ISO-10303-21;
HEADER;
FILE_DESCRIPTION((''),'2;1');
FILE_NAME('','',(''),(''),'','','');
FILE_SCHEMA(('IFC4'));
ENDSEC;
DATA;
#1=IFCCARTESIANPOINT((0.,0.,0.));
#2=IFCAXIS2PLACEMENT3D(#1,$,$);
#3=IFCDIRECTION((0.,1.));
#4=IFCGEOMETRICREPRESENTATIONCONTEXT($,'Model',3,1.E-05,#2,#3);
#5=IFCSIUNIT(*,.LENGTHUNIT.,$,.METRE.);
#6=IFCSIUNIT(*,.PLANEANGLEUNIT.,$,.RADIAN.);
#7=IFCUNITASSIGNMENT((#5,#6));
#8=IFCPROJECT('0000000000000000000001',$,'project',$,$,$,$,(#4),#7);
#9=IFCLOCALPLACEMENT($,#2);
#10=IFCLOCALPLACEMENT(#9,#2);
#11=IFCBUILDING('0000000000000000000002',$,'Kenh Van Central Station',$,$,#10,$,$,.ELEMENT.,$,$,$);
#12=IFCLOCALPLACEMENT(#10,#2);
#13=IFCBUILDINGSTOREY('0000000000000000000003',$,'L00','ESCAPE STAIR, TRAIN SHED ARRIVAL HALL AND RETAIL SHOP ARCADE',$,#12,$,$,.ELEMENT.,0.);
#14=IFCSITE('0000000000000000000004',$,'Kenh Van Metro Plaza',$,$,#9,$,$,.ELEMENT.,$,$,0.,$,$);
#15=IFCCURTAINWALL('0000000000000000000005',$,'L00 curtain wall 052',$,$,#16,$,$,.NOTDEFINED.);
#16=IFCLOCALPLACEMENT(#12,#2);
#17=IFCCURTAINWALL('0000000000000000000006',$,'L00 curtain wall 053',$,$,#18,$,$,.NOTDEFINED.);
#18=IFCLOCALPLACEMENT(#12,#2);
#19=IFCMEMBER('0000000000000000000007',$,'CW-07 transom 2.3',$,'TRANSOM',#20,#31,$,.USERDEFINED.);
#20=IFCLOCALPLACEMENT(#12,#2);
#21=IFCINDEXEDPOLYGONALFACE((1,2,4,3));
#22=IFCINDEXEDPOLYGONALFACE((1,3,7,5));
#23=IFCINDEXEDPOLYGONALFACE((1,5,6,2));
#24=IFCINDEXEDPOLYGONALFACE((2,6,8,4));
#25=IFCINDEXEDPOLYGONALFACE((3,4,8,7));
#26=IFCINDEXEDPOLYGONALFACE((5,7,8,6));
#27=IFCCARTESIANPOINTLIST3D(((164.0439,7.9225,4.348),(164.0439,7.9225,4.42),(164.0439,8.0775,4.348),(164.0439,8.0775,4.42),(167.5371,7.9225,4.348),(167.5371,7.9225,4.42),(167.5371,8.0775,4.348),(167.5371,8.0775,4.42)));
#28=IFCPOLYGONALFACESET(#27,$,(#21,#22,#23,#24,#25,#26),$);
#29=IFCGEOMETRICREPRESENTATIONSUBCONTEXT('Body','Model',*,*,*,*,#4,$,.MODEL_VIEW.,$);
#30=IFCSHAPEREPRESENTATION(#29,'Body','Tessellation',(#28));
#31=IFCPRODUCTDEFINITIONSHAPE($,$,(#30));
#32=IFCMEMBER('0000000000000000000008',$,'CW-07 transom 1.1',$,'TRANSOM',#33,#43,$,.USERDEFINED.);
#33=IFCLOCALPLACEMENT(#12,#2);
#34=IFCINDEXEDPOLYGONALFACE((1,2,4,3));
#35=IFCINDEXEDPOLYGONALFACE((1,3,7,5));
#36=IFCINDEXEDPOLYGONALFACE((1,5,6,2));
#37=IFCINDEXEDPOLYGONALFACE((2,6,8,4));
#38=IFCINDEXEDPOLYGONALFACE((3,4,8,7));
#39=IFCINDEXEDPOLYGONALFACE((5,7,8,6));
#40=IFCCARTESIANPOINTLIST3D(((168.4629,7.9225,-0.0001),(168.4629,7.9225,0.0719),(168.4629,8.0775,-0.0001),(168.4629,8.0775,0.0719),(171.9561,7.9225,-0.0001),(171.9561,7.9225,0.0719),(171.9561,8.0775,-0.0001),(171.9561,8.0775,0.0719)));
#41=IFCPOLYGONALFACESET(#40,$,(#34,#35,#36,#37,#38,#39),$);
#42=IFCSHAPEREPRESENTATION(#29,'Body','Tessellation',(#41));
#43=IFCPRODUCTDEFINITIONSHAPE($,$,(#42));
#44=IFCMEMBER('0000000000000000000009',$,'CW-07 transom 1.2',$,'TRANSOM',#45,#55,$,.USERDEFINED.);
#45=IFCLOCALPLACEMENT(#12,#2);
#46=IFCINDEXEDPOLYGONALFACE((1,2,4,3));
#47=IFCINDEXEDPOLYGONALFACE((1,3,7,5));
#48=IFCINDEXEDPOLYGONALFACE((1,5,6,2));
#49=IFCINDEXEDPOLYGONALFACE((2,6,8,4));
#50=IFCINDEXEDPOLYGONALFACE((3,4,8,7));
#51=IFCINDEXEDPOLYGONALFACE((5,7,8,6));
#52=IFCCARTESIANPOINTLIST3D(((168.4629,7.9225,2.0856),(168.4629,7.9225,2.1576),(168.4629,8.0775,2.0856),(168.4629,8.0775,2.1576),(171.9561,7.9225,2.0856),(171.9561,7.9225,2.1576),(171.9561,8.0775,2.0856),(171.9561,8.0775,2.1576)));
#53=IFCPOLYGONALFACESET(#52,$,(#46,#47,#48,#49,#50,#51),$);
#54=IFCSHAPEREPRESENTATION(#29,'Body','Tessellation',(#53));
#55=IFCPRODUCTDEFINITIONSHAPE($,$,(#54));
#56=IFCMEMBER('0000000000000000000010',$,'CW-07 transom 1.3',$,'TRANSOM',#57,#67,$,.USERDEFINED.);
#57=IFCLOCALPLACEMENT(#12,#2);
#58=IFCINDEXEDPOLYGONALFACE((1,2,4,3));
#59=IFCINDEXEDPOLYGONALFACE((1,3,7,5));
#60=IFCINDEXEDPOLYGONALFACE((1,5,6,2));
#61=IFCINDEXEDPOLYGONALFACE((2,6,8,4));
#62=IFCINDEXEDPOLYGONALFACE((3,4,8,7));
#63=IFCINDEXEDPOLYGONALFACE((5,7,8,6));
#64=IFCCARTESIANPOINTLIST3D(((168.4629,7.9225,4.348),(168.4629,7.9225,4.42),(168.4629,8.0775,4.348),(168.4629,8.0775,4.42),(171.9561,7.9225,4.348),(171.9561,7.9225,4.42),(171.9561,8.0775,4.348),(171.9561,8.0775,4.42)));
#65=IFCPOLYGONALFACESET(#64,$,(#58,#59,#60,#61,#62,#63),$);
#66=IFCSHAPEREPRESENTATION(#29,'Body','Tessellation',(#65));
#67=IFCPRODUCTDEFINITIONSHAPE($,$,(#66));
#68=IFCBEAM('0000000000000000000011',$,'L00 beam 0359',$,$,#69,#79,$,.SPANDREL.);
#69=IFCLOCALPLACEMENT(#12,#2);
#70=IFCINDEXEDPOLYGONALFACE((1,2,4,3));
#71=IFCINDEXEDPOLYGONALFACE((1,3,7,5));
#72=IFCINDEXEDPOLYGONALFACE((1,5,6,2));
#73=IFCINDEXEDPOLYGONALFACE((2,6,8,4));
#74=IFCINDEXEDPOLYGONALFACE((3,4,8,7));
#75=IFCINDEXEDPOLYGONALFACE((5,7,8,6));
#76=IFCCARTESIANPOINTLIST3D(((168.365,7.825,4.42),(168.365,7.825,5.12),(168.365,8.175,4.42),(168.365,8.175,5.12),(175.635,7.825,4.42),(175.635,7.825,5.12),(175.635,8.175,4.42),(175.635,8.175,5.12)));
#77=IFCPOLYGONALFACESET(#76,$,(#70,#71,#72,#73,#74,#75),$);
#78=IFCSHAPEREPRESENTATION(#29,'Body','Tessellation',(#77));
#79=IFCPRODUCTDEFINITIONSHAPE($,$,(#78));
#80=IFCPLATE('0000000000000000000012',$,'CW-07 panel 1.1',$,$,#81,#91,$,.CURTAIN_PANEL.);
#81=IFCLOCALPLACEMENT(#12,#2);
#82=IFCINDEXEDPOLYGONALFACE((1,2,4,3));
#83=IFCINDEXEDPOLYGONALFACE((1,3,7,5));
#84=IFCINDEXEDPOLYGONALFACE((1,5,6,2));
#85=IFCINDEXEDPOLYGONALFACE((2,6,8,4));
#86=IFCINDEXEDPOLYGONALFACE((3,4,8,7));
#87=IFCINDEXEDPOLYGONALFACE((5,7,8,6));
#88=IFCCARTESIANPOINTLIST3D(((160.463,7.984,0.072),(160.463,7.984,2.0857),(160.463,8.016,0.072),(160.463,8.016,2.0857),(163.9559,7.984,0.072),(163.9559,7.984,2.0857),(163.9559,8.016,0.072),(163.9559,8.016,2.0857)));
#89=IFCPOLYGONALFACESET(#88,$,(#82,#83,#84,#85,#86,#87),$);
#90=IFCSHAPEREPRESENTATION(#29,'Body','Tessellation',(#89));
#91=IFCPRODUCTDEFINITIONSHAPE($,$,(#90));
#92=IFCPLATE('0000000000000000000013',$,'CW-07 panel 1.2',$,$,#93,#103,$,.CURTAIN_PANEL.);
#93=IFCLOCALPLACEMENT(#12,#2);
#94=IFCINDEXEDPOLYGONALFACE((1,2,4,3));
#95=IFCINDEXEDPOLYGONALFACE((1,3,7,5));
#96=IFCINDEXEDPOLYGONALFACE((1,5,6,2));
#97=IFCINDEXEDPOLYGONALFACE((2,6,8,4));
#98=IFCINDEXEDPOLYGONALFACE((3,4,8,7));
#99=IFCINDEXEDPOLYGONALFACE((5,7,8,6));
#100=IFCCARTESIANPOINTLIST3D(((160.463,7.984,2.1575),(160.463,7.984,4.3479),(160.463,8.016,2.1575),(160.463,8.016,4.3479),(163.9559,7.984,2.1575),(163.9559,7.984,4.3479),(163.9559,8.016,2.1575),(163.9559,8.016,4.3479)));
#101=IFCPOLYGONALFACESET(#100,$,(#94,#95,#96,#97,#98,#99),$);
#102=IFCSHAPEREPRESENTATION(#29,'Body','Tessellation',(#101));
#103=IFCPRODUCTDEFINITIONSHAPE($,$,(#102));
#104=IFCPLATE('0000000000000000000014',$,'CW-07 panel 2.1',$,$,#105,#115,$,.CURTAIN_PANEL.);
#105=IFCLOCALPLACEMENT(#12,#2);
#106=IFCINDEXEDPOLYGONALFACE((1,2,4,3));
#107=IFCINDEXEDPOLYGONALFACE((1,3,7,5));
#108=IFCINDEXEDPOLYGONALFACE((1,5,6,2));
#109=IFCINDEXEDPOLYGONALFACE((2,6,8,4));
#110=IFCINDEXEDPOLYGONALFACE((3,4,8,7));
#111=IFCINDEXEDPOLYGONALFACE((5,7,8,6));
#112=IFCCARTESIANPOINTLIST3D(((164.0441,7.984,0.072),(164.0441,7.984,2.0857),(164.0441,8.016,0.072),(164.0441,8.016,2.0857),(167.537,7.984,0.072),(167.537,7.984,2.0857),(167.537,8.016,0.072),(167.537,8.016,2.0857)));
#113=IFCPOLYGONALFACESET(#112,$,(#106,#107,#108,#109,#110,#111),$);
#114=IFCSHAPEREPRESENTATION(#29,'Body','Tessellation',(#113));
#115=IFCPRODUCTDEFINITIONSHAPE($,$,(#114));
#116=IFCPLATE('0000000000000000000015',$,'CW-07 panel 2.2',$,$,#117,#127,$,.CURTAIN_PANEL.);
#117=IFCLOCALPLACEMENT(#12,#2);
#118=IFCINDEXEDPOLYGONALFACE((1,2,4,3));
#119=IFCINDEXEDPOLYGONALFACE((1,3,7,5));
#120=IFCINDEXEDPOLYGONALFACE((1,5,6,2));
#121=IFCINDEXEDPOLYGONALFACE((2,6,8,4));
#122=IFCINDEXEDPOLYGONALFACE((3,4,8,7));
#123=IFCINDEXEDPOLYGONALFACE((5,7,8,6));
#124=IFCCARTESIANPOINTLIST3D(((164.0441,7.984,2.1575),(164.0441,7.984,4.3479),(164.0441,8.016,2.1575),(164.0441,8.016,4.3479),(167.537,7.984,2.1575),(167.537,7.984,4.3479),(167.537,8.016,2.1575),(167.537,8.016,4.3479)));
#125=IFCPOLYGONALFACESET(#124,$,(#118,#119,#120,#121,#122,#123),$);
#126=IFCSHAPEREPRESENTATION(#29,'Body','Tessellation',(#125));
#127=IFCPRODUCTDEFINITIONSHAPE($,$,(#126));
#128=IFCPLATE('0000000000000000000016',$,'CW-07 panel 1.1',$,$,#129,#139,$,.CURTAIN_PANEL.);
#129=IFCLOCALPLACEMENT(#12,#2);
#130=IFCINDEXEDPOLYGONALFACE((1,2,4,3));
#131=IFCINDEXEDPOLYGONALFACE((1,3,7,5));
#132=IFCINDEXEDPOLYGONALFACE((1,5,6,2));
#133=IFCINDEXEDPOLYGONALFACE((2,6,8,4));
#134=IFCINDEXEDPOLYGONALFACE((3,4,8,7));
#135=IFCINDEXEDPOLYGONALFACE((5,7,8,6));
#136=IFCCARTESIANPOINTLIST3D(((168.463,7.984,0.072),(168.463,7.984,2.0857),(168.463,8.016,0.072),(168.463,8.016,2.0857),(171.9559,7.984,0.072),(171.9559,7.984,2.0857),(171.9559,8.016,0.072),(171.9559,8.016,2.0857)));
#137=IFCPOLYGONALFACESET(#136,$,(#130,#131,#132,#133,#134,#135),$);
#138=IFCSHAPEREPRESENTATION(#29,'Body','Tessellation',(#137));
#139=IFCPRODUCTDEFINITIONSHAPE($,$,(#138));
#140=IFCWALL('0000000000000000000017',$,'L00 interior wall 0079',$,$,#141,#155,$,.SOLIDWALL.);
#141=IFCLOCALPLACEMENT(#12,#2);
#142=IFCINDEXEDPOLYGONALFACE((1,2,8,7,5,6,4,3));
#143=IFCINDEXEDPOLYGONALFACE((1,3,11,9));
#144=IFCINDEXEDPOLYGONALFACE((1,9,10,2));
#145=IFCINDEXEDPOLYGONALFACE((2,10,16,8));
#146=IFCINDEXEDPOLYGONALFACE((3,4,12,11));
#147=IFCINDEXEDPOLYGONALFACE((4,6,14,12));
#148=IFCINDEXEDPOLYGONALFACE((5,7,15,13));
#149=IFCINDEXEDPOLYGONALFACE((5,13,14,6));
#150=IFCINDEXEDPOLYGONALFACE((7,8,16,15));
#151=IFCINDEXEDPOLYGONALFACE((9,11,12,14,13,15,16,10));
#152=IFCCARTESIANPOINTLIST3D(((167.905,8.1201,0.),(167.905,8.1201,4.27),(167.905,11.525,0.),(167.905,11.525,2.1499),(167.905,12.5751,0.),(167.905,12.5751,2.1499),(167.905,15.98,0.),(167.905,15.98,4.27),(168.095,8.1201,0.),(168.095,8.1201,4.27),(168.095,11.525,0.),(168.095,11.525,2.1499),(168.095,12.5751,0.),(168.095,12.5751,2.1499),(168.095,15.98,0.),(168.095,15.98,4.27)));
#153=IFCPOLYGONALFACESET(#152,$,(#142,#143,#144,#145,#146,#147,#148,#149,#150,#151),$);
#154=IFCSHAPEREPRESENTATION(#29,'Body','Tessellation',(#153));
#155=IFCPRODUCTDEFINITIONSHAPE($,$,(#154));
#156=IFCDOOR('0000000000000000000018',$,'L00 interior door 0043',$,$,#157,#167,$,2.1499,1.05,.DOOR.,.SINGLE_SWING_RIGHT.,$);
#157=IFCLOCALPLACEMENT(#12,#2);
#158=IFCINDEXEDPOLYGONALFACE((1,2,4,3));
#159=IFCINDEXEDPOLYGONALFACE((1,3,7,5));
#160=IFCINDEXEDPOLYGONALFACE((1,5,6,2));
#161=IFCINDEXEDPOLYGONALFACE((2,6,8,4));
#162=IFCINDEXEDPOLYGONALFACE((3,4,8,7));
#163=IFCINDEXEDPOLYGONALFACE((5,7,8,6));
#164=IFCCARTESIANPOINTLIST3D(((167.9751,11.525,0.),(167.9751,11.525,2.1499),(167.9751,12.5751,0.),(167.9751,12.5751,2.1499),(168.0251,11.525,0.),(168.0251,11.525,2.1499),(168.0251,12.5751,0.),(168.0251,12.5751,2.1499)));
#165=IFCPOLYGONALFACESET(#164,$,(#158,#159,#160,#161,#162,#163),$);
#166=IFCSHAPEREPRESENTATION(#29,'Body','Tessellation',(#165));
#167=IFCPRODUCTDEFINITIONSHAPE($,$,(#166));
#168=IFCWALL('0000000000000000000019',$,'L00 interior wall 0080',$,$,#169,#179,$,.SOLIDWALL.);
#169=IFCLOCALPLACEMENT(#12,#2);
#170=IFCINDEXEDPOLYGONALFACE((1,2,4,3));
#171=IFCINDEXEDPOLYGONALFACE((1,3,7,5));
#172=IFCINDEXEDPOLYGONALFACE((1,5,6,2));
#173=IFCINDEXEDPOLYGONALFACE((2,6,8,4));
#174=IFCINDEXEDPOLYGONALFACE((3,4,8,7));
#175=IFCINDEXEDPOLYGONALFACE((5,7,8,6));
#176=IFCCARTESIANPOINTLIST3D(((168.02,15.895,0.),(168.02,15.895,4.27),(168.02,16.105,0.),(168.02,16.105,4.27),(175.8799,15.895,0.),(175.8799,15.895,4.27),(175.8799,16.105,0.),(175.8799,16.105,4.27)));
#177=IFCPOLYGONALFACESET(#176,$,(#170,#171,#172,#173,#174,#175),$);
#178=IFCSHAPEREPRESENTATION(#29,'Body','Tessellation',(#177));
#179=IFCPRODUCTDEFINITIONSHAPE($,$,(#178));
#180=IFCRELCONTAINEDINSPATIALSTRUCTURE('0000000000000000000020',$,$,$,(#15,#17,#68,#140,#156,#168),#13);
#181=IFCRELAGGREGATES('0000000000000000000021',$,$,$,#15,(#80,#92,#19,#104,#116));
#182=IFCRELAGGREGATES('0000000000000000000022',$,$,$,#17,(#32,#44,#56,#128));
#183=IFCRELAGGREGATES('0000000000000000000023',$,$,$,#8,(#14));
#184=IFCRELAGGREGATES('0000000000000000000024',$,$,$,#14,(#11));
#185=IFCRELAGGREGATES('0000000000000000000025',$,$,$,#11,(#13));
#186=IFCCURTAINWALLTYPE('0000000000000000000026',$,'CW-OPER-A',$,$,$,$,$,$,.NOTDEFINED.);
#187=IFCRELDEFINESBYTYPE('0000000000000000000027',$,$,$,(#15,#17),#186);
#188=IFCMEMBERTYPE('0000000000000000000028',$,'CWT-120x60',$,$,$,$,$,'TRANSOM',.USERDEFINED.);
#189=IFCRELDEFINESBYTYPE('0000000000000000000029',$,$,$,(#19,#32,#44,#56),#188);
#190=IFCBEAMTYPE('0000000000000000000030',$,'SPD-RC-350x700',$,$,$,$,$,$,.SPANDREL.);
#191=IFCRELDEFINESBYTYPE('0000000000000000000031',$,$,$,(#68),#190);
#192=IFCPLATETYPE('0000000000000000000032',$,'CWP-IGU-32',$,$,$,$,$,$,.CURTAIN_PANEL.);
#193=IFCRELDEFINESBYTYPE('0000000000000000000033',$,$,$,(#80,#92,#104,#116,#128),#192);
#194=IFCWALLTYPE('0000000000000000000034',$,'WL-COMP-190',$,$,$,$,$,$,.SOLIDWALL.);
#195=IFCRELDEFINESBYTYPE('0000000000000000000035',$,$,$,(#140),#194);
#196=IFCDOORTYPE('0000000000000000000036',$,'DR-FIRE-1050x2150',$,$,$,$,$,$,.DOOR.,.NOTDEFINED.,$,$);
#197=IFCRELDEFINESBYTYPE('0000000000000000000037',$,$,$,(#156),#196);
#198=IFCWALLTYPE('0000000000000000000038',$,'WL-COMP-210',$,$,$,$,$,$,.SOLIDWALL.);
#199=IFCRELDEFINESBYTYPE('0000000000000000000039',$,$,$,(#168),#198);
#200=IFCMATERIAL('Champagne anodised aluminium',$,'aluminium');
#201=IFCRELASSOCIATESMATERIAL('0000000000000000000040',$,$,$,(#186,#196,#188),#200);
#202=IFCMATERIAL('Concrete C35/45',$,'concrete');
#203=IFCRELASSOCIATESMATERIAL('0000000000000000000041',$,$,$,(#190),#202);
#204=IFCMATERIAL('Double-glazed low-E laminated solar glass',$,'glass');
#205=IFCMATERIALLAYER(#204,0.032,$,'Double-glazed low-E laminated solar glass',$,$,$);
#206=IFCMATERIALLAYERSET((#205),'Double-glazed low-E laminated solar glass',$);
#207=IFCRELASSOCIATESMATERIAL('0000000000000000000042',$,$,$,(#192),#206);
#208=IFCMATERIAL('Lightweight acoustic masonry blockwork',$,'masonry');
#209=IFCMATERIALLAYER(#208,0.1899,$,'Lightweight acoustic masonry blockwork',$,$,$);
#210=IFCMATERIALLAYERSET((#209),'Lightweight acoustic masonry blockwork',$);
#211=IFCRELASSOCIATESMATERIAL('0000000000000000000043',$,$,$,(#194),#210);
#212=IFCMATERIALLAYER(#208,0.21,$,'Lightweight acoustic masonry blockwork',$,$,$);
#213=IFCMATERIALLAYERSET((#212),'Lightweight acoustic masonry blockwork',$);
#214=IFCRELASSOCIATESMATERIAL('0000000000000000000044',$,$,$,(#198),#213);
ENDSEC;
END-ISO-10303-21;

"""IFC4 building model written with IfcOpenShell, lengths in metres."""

from ifc_helpers import new_model, si_unit, direction, frame, frame_2d, origin, origin_2d, place, context, subcontext, project, spatial, rectangle, extrude, material, layer, layer_set, material_profile, profile_set, type_object, element, fill, aggregate, save


model = new_model("IFC4")

# Units and contexts
model_context = context("Model", 3, precision=1e-05, world=origin(), true_north=direction((0.0, 1.0)))
body_context = subcontext(model_context, "Body", "Model", "MODEL_VIEW")
ifc_project = project(units=[si_unit("LENGTHUNIT", "METRE"), si_unit("PLANEANGLEUNIT", "RADIAN")], contexts=[model_context])

# Site, building, storey
site_placement = place(None, origin())
site = spatial("IfcSite", under=ifc_project, at=site_placement, Name="Kenh Van Metro Plaza", CompositionType="ELEMENT", RefElevation=0.0)
building_placement = place(site_placement, origin())
building = spatial("IfcBuilding", under=site, at=building_placement, Name="Kenh Van Central Station", CompositionType="ELEMENT")
storey_placement = place(building_placement, origin())
storey = spatial("IfcBuildingStorey", under=building, at=storey_placement, Name="L00", Description="ESCAPE STAIR, TRAIN SHED ARRIVAL HALL AND RETAIL SHOP ARCADE", CompositionType="ELEMENT", Elevation=0.0)

# Shared definitions
ifc_material_1 = material(Name="Concrete C35/45", Category="concrete")

# Curtain wall
ifc_material_2 = material(Name="Champagne anodised aluminium", Category="aluminium")
curtain_wall_type = type_object("IfcCurtainWallType", Name="CW-OPER-A", PredefinedType="NOTDEFINED", material=ifc_material_2)
curtain_wall_1_placement = place(storey_placement, origin())
curtain_wall_1 = element("IfcCurtainWall", 1, at=curtain_wall_1_placement, inside=storey, type_object=curtain_wall_type, Name="L00 curtain wall 052", PredefinedType="NOTDEFINED")

# Curtain wall
curtain_wall_2_placement = place(storey_placement, origin())
curtain_wall_2 = element("IfcCurtainWall", 2, at=curtain_wall_2_placement, inside=storey, type_object=curtain_wall_type, Name="L00 curtain wall 053", PredefinedType="NOTDEFINED")

# Members
ifc_material_profile_1 = material_profile(ifc_material_2, rectangle(XDim=0.155, YDim=0.072, at=origin_2d()), Name="AL 155x72")
ifc_profile_set_1 = profile_set([ifc_material_profile_1], Name="Champagne anodised aluminium")
member_type_1 = type_object("IfcMemberType", Name="CWT-120x60", ElementType="TRANSOM", PredefinedType="USERDEFINED", material=ifc_profile_set_1)
member_1_placement = place(storey_placement, frame((164.0439, 8.0, 4.384), z_axis=(1.0, 0.0, 0.0), x_axis=(0.0, 1.0, 0.0)))
member_1 = element("IfcMember", 3, at=member_1_placement, type_object=member_type_1, Name="CW-07 transom 2.3", ObjectType="TRANSOM", PredefinedType="USERDEFINED", context=body_context, shape_type="SweptSolid", body=[
    extrude(rectangle(XDim=0.155, YDim=0.072, at=origin_2d()), origin(), (0.0, 0.0, 1.0), 3.4932),
])
member_2_placement = place(storey_placement, frame((168.4629, 8.0, 0.0359), z_axis=(1.0, 0.0, 0.0), x_axis=(0.0, 1.0, 0.0)))
member_2 = element("IfcMember", 4, at=member_2_placement, type_object=member_type_1, Name="CW-07 transom 1.1", ObjectType="TRANSOM", PredefinedType="USERDEFINED", context=body_context, shape_type="SweptSolid", body=[
    extrude(rectangle(XDim=0.155, YDim=0.072, at=origin_2d()), origin(), (0.0, 0.0, 1.0), 3.4932),
])
member_3_placement = place(storey_placement, frame((168.4629, 8.0, 2.1216), z_axis=(1.0, 0.0, 0.0), x_axis=(0.0, 1.0, 0.0)))
member_3 = element("IfcMember", 5, at=member_3_placement, type_object=member_type_1, Name="CW-07 transom 1.2", ObjectType="TRANSOM", PredefinedType="USERDEFINED", context=body_context, shape_type="SweptSolid", body=[
    extrude(rectangle(XDim=0.155, YDim=0.072, at=origin_2d()), origin(), (0.0, 0.0, 1.0), 3.4932),
])
member_4_placement = place(storey_placement, frame((168.4629, 8.0, 4.384), z_axis=(1.0, 0.0, 0.0), x_axis=(0.0, 1.0, 0.0)))
member_4 = element("IfcMember", 6, at=member_4_placement, type_object=member_type_1, Name="CW-07 transom 1.3", ObjectType="TRANSOM", PredefinedType="USERDEFINED", context=body_context, shape_type="SweptSolid", body=[
    extrude(rectangle(XDim=0.155, YDim=0.072, at=origin_2d()), origin(), (0.0, 0.0, 1.0), 3.4932),
])

# Beam
ifc_material_profile_2 = material_profile(ifc_material_1, rectangle(XDim=0.3501, YDim=0.7, at=origin_2d()), Name="RC 350x700")
ifc_profile_set_2 = profile_set([ifc_material_profile_2], Name="Concrete C35/45")
beam_type_1 = type_object("IfcBeamType", Name="SPD-RC-350x700", PredefinedType="SPANDREL", material=ifc_profile_set_2)
beam_1_placement = place(storey_placement, frame((168.365, 8.0, 4.77), z_axis=(1.0, 0.0, 0.0), x_axis=(0.0, 1.0, 0.0)))
element("IfcBeam", 7, at=beam_1_placement, inside=storey, type_object=beam_type_1, Name="L00 beam 0359", PredefinedType="SPANDREL", context=body_context, shape_type="SweptSolid", body=[
    extrude(rectangle(XDim=0.3501, YDim=0.7, at=origin_2d()), origin(), (0.0, 0.0, 1.0), 7.27),
])

# Plates
ifc_material_3 = material(Name="Double-glazed low-E laminated solar glass", Category="glass")
ifc_layer_1 = layer(ifc_material_3, 0.032, Name="Double-glazed low-E laminated solar glass")
ifc_layer_set_1 = layer_set([ifc_layer_1], Name="Double-glazed low-E laminated solar glass")
plate_type = type_object("IfcPlateType", Name="CWP-IGU-32", PredefinedType="CURTAIN_PANEL", material=ifc_layer_set_1)
plate_1_placement = place(storey_placement, frame((162.2095, 8.0, 0.072), z_axis=(0.0, 0.0, 1.0), x_axis=(1.0, 0.0, 0.0)))
plate_1 = element("IfcPlate", 8, at=plate_1_placement, type_object=plate_type, Name="CW-07 panel 1.1", PredefinedType="CURTAIN_PANEL", context=body_context, shape_type="SweptSolid", body=[
    extrude(rectangle(XDim=3.4929, YDim=0.032, at=origin_2d()), origin(), (0.0, 0.0, 1.0), 2.0137),
])
plate_2_placement = place(storey_placement, frame((162.2095, 8.0, 2.1575), z_axis=(0.0, 0.0, 1.0), x_axis=(1.0, 0.0, 0.0)))
plate_2 = element("IfcPlate", 9, at=plate_2_placement, type_object=plate_type, Name="CW-07 panel 1.2", PredefinedType="CURTAIN_PANEL", context=body_context, shape_type="SweptSolid", body=[
    extrude(rectangle(XDim=3.4929, YDim=0.032, at=origin_2d()), origin(), (0.0, 0.0, 1.0), 2.1904),
])
plate_3_placement = place(storey_placement, frame((165.7905, 8.0, 0.072), z_axis=(0.0, 0.0, 1.0), x_axis=(1.0, 0.0, 0.0)))
plate_3 = element("IfcPlate", 10, at=plate_3_placement, type_object=plate_type, Name="CW-07 panel 2.1", PredefinedType="CURTAIN_PANEL", context=body_context, shape_type="SweptSolid", body=[
    extrude(rectangle(XDim=3.4929, YDim=0.032, at=origin_2d()), origin(), (0.0, 0.0, 1.0), 2.0137),
])
plate_4_placement = place(storey_placement, frame((165.7905, 8.0, 2.1575), z_axis=(0.0, 0.0, 1.0), x_axis=(1.0, 0.0, 0.0)))
plate_4 = element("IfcPlate", 11, at=plate_4_placement, type_object=plate_type, Name="CW-07 panel 2.2", PredefinedType="CURTAIN_PANEL", context=body_context, shape_type="SweptSolid", body=[
    extrude(rectangle(XDim=3.4929, YDim=0.032, at=origin_2d()), origin(), (0.0, 0.0, 1.0), 2.1904),
])
aggregate(curtain_wall_1, [plate_1, plate_2, member_1, plate_3, plate_4])
plate_5_placement = place(storey_placement, frame((170.2095, 8.0, 0.072), z_axis=(0.0, 0.0, 1.0), x_axis=(1.0, 0.0, 0.0)))
plate_5 = element("IfcPlate", 12, at=plate_5_placement, type_object=plate_type, Name="CW-07 panel 1.1", PredefinedType="CURTAIN_PANEL", context=body_context, shape_type="SweptSolid", body=[
    extrude(rectangle(XDim=3.4929, YDim=0.032, at=origin_2d()), origin(), (0.0, 0.0, 1.0), 2.0137),
])
aggregate(curtain_wall_2, [member_2, member_3, member_4, plate_5])

# Wall, opening, door
ifc_material_4 = material(Name="Lightweight acoustic masonry blockwork", Category="masonry")
ifc_layer_2 = layer(ifc_material_4, 0.1899, Name="Lightweight acoustic masonry blockwork")
ifc_layer_set_2 = layer_set([ifc_layer_2], Name="Lightweight acoustic masonry blockwork")
wall_type_1 = type_object("IfcWallType", Name="WL-COMP-190", PredefinedType="SOLIDWALL", material=ifc_layer_set_2)
wall_1_placement = place(storey_placement, frame((168.0, 8.1201, 0.0), z_axis=(0.0, 0.0, 1.0), x_axis=(0.0, 1.0, 0.0)))
wall_1 = element("IfcWall", 13, at=wall_1_placement, inside=storey, type_object=wall_type_1, Name="L00 interior wall 0079", PredefinedType="SOLIDWALL", context=body_context, shape_type="SweptSolid", body=[
    extrude(rectangle(XDim=7.8599, YDim=0.1899, at=frame_2d((3.9299, 0.0))), origin(), (0.0, 0.0, 1.0), 4.27),
])
opening_1_placement = place(wall_1_placement, frame((3.405, 0.0, 0.0)))
opening_1 = element("IfcOpeningElement", 14, at=opening_1_placement, cuts=wall_1, PredefinedType="OPENING", context=body_context, shape_type="SweptSolid", body=[
    extrude(rectangle(XDim=1.05, YDim=2.1499, at=frame_2d((0.5249, 1.075))), frame((0.0, 0.105, 0.0), z_axis=(0.0, -1.0, 0.0), x_axis=(1.0, 0.0, 0.0)), (0.0, 0.0, 1.0), 0.21),
])
door_type_1 = type_object("IfcDoorType", Name="DR-FIRE-1050x2150", OperationType="NOTDEFINED", PredefinedType="DOOR", material=ifc_material_2)
door_1_placement = place(opening_1_placement, origin())
door_1 = element("IfcDoor", 15, at=door_1_placement, inside=storey, type_object=door_type_1, Name="L00 interior door 0043", OperationType="SINGLE_SWING_RIGHT", OverallHeight=2.1499, OverallWidth=1.05, PredefinedType="DOOR", context=body_context, shape_type="SweptSolid", body=[
    extrude(rectangle(XDim=1.05, YDim=2.1499, at=frame_2d((0.5249, 1.075))), frame((0.0, 0.0249, 0.0), z_axis=(0.0, -1.0, 0.0), x_axis=(1.0, 0.0, 0.0)), (0.0, 0.0, 1.0), 0.05),
])
fill(opening_1, door_1)

# Wall
ifc_layer_3 = layer(ifc_material_4, 0.21, Name="Lightweight acoustic masonry blockwork")
ifc_layer_set_3 = layer_set([ifc_layer_3], Name="Lightweight acoustic masonry blockwork")
wall_type_2 = type_object("IfcWallType", Name="WL-COMP-210", PredefinedType="SOLIDWALL", material=ifc_layer_set_3)
wall_2_placement = place(storey_placement, frame((168.02, 16.0, 0.0), z_axis=(0.0, 0.0, 1.0), x_axis=(1.0, 0.0, 0.0)))
element("IfcWall", 16, at=wall_2_placement, inside=storey, type_object=wall_type_2, Name="L00 interior wall 0080", PredefinedType="SOLIDWALL", context=body_context, shape_type="SweptSolid", body=[
    extrude(rectangle(XDim=7.8599, YDim=0.21, at=frame_2d((3.9299, 0.0))), origin(), (0.0, 0.0, 1.0), 4.27),
])

save(model, "model.ifc")
